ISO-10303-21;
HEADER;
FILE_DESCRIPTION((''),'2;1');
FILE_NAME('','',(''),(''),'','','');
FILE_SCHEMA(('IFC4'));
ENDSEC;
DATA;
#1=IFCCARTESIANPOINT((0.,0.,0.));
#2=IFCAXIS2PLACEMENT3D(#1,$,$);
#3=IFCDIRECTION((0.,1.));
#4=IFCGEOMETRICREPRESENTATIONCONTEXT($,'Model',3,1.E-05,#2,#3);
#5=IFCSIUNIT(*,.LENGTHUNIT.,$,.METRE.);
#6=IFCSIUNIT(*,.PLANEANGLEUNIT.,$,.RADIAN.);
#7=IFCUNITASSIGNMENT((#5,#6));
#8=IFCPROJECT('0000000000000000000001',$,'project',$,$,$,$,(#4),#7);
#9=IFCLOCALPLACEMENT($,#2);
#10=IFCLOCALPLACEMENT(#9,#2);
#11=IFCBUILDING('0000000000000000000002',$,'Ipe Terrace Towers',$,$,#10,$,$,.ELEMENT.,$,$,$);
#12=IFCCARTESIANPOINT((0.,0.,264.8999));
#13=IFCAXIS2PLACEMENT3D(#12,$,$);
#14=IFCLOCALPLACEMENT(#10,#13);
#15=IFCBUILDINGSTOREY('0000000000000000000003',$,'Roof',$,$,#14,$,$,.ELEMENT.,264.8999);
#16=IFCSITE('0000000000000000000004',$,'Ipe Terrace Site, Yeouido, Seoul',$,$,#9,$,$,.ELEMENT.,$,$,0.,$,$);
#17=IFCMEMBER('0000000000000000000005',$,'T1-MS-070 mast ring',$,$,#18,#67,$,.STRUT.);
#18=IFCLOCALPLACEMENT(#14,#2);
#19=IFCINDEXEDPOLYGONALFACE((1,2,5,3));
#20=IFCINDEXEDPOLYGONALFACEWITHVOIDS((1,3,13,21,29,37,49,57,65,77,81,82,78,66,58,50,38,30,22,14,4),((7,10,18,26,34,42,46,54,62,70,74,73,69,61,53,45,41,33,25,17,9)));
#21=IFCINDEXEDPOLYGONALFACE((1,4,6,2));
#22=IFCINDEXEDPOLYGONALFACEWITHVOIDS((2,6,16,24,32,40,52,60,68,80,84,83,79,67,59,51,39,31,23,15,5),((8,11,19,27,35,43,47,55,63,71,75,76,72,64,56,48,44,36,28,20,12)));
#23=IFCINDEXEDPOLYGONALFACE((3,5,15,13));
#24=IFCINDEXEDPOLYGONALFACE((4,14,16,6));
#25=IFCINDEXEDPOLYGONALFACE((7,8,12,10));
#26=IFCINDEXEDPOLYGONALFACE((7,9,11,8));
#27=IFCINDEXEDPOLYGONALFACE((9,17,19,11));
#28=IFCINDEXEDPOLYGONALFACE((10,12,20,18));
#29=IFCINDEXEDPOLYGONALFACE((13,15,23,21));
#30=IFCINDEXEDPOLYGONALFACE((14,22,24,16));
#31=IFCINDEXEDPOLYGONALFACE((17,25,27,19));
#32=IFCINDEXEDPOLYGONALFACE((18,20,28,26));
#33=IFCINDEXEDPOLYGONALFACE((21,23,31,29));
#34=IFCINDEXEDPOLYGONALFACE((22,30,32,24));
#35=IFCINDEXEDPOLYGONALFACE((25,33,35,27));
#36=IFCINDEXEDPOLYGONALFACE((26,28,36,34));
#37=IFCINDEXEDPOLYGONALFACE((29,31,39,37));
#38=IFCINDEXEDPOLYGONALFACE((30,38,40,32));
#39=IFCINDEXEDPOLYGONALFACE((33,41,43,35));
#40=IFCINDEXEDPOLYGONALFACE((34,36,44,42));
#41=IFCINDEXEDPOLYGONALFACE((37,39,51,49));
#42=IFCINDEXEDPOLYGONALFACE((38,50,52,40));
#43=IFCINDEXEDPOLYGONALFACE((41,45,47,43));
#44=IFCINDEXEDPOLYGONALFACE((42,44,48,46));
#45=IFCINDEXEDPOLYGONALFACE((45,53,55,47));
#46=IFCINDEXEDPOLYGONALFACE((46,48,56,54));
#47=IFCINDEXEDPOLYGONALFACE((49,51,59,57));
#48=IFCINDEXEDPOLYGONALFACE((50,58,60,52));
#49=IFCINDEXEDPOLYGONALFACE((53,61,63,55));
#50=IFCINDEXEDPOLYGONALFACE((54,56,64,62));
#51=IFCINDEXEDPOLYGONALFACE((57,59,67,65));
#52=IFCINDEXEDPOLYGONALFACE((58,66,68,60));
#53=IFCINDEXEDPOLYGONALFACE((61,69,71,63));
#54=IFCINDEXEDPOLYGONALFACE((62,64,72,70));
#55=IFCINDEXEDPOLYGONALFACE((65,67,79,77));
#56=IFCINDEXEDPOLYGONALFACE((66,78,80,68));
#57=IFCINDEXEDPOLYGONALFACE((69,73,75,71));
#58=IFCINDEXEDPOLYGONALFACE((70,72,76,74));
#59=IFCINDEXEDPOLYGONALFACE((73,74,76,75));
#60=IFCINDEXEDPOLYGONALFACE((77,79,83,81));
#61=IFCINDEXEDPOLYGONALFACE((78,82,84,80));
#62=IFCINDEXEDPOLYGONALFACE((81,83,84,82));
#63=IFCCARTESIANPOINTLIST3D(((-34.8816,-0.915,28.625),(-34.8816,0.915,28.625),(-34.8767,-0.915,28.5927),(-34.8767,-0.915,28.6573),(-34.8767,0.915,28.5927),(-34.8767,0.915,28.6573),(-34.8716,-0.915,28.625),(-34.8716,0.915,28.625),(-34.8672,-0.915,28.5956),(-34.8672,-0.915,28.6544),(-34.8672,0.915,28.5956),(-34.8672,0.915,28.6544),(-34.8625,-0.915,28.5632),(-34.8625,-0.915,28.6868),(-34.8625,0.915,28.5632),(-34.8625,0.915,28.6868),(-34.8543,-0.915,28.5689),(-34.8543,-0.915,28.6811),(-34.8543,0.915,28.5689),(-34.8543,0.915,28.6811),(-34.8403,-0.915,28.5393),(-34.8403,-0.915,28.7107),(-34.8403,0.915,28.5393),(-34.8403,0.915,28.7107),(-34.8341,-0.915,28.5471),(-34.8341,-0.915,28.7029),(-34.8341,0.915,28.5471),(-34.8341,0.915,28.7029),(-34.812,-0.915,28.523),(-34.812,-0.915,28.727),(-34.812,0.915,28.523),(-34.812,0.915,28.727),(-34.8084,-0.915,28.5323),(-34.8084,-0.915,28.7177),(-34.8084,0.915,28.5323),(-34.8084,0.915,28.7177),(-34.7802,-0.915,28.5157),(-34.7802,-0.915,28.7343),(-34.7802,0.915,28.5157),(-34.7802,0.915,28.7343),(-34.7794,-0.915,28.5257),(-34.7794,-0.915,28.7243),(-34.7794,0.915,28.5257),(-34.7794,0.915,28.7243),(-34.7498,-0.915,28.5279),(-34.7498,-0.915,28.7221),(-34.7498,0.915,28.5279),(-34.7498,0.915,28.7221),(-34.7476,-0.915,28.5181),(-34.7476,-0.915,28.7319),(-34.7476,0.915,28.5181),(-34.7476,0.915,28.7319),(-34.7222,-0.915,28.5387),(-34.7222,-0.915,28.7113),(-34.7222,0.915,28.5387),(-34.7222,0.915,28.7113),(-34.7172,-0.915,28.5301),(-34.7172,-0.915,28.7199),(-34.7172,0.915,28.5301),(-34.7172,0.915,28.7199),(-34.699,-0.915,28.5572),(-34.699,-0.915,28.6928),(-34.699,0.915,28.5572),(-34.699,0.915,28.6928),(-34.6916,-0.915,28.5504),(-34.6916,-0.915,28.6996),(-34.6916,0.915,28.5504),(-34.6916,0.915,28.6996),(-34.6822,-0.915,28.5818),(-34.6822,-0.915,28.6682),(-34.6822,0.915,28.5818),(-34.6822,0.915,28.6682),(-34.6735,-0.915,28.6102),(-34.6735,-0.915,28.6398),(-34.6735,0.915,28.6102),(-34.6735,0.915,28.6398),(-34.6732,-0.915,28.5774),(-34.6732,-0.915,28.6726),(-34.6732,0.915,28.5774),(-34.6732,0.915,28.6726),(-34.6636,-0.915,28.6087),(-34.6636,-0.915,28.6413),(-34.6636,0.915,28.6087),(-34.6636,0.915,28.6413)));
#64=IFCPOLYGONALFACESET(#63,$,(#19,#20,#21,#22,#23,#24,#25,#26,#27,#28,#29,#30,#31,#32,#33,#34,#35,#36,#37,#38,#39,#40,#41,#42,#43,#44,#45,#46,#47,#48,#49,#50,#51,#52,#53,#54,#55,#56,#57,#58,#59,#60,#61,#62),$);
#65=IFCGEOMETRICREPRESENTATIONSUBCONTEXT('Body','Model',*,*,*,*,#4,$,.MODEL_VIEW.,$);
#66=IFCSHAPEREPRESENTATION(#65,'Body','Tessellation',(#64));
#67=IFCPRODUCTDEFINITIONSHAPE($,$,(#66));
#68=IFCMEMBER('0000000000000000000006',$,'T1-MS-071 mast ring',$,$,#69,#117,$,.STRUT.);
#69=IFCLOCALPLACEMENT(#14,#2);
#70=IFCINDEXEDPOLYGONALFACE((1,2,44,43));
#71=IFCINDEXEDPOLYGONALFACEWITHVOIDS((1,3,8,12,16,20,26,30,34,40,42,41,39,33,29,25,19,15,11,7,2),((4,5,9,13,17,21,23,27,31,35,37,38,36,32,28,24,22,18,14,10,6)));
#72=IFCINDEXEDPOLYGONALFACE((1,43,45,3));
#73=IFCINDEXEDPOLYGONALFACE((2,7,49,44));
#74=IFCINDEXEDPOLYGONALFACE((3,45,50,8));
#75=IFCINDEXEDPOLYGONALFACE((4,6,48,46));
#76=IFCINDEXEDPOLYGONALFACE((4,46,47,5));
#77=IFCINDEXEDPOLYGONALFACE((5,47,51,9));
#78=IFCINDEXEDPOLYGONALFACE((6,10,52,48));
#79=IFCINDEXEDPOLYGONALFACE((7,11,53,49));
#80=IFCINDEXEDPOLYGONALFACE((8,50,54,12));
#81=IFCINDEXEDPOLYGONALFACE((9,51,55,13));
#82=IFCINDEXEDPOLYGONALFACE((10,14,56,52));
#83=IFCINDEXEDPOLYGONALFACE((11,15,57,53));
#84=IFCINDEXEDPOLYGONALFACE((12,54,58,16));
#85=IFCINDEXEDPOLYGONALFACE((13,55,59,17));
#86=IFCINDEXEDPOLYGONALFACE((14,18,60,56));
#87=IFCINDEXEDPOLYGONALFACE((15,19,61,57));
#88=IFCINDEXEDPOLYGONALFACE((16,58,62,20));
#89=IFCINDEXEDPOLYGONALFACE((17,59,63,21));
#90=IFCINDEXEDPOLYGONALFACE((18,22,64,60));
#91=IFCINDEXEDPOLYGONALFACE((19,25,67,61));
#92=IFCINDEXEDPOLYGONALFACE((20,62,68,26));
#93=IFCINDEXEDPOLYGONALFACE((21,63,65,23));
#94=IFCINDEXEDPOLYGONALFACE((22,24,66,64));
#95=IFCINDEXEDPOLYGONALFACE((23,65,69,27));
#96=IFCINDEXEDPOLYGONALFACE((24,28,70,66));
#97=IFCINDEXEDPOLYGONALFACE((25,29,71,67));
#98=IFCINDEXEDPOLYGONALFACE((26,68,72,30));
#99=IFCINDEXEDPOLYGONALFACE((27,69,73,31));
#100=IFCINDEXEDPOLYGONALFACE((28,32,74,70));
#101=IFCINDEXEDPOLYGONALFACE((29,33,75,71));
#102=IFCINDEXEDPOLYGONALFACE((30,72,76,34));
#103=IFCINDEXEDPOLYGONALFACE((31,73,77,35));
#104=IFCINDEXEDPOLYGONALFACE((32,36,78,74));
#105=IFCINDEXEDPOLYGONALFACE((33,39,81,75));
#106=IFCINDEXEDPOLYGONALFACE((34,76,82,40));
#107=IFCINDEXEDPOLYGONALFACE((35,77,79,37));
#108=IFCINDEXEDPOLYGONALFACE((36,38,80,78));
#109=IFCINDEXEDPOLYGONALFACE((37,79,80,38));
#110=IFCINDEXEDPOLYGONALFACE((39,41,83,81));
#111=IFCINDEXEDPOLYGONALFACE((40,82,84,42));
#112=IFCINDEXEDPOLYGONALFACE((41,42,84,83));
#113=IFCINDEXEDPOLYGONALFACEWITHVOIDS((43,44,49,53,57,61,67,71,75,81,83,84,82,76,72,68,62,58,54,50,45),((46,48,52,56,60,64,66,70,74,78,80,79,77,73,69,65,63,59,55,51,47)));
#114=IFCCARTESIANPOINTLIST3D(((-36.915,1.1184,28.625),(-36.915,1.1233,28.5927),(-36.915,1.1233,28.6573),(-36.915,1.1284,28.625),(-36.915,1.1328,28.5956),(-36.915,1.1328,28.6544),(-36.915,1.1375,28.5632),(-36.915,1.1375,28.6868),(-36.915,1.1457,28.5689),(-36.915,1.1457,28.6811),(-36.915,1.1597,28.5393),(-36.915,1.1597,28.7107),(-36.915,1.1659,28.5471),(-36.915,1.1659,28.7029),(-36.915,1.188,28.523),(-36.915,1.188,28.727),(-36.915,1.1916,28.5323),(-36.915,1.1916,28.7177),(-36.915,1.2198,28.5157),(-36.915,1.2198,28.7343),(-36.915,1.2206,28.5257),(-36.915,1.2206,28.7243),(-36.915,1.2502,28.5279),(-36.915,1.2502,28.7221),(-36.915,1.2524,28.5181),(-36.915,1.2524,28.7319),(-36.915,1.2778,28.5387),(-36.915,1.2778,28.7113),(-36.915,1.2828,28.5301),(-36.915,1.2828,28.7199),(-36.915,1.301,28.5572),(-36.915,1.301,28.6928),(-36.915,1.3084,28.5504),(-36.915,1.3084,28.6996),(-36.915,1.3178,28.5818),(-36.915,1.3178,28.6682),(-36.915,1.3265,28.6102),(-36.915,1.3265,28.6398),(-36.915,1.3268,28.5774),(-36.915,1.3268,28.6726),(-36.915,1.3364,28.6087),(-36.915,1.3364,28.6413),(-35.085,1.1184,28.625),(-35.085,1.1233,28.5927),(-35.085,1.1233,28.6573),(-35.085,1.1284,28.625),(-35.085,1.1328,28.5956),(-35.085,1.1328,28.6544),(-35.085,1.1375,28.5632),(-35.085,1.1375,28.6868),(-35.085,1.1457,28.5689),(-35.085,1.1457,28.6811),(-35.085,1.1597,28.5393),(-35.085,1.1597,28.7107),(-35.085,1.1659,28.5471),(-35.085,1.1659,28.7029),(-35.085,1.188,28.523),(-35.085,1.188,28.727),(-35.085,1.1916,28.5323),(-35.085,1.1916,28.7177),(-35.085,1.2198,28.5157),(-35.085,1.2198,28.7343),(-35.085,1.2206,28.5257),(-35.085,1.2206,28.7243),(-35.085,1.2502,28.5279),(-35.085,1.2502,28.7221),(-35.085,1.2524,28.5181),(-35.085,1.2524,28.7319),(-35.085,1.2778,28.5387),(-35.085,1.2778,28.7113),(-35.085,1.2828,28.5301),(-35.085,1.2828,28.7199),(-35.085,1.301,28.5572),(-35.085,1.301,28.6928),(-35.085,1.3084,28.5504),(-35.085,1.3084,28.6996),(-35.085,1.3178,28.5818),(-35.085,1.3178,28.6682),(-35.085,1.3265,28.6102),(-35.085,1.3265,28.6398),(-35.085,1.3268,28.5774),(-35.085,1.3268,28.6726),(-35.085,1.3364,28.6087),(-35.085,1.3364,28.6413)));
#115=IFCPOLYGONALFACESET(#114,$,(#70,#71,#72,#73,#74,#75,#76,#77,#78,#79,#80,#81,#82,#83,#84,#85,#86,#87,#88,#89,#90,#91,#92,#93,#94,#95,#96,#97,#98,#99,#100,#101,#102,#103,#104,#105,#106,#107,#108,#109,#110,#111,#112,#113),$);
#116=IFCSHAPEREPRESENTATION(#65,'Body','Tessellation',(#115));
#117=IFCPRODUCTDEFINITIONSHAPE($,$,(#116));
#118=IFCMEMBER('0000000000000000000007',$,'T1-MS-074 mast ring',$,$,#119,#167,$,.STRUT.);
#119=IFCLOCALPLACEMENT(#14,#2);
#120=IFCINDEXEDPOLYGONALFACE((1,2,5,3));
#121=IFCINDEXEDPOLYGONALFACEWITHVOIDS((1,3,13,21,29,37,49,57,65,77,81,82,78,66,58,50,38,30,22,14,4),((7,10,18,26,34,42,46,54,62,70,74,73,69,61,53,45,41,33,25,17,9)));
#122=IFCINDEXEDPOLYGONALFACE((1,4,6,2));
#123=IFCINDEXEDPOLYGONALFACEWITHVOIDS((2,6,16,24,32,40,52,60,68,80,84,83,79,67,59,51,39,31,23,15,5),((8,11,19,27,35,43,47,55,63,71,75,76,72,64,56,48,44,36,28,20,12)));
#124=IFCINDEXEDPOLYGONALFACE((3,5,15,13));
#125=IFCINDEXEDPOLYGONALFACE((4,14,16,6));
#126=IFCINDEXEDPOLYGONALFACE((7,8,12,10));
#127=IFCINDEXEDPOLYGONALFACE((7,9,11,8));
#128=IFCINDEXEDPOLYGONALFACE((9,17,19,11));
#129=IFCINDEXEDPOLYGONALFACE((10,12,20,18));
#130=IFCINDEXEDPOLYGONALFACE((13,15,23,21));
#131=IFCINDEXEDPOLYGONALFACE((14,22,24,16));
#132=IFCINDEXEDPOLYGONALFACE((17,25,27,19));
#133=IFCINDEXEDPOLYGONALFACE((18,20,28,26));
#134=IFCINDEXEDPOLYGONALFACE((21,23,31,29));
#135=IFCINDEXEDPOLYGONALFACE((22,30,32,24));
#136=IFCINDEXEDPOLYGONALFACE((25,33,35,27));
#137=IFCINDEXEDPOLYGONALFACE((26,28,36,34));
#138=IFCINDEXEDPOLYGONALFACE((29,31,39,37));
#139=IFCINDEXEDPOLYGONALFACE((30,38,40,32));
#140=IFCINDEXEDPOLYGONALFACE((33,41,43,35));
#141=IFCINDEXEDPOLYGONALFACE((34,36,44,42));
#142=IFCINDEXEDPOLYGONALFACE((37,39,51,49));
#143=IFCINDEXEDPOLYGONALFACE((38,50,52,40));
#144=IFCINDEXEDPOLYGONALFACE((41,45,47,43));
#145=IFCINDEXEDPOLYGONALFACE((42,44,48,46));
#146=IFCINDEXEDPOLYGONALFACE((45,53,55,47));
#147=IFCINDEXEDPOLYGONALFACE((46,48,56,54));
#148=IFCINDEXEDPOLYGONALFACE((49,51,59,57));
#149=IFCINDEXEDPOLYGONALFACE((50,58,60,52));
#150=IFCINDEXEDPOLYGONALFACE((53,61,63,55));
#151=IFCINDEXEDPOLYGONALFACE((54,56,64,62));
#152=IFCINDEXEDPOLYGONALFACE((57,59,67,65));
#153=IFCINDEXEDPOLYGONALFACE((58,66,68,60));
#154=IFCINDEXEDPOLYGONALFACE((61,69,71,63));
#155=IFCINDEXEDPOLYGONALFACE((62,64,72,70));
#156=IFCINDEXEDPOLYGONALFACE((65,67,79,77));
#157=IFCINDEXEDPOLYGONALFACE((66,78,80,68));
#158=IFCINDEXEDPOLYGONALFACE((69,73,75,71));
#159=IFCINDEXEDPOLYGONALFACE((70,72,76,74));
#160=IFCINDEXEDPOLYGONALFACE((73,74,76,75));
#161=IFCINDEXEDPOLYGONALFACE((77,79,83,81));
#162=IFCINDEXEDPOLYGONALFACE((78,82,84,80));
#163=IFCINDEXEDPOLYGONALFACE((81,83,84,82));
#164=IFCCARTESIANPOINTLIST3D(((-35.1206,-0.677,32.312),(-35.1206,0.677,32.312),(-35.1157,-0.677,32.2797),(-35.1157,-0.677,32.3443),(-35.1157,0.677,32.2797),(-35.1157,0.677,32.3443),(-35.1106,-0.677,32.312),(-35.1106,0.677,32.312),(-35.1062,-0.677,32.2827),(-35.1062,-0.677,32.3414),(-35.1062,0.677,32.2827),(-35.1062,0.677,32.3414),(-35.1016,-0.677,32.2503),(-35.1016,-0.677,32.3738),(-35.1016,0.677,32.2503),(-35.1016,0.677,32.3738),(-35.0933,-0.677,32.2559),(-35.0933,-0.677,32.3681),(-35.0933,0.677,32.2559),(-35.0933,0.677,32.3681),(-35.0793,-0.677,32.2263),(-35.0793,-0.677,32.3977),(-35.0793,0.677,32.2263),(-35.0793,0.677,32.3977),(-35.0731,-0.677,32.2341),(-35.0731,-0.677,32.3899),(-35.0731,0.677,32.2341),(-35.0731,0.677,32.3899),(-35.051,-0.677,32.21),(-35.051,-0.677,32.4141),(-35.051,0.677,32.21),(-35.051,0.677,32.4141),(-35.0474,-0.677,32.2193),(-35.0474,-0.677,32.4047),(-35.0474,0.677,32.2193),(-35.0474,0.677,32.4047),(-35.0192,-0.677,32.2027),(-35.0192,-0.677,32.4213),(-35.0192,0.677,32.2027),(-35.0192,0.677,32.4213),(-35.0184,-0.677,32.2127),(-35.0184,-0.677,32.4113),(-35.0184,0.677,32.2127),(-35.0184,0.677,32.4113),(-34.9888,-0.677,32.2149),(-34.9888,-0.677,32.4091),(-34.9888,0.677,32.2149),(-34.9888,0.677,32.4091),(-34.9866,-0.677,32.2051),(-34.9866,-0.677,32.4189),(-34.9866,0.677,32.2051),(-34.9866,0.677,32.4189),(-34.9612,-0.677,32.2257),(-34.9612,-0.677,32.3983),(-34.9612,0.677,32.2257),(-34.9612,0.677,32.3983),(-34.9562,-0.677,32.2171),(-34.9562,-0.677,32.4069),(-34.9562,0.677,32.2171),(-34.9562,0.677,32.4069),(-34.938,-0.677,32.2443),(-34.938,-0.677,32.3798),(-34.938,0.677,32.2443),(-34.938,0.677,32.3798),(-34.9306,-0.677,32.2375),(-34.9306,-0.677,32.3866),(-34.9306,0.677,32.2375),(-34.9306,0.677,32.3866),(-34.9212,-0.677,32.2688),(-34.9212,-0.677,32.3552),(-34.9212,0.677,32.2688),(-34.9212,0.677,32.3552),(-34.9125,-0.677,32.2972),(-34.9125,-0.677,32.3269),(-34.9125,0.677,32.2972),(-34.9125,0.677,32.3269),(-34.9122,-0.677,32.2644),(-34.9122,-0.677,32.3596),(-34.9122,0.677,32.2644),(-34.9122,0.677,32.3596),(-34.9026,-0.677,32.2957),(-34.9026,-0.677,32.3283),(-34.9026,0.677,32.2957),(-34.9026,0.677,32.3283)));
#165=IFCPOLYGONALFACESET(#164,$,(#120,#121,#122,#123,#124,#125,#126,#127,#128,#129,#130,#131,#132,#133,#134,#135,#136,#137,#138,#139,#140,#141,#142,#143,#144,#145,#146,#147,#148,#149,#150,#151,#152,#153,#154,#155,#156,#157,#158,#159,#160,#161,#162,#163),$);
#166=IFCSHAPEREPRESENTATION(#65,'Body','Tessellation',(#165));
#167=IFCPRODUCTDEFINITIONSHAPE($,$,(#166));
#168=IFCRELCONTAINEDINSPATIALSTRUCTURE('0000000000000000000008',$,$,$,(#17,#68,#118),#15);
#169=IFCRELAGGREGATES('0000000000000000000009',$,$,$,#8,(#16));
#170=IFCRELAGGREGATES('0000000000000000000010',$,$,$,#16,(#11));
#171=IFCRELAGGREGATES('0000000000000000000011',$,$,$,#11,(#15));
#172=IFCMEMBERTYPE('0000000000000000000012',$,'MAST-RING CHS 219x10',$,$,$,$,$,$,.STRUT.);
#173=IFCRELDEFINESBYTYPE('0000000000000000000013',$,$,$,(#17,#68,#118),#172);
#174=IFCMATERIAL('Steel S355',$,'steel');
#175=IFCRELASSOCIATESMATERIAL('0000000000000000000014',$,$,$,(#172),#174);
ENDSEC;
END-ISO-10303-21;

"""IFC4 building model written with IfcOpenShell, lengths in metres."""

from ifc_helpers import new_model, si_unit, direction, frame, origin, origin_2d, place, context, subcontext, project, spatial, hollow_circle, extrude, material, material_profile, profile_set, type_object, element, save


model = new_model("IFC4")

# Units and contexts
model_context = context("Model", 3, precision=1e-05, world=origin(), true_north=direction((0.0, 1.0)))
body_context = subcontext(model_context, "Body", "Model", "MODEL_VIEW")
ifc_project = project(units=[si_unit("LENGTHUNIT", "METRE"), si_unit("PLANEANGLEUNIT", "RADIAN")], contexts=[model_context])

# Site, building, storey
site_placement = place(None, origin())
site = spatial("IfcSite", under=ifc_project, at=site_placement, Name="Ipe Terrace Site, Yeouido, Seoul", CompositionType="ELEMENT", RefElevation=0.0)
building_placement = place(site_placement, origin())
building = spatial("IfcBuilding", under=site, at=building_placement, Name="Ipe Terrace Towers", CompositionType="ELEMENT")
storey_placement = place(building_placement, frame((0.0, 0.0, 264.8999)))
storey = spatial("IfcBuildingStorey", under=building, at=storey_placement, Name="Roof", CompositionType="ELEMENT", Elevation=264.8999)

# Members
ifc_material_1 = material(Name="Steel S355", Category="steel")
ifc_material_profile_1 = material_profile(ifc_material_1, hollow_circle(Radius=0.1096, WallThickness=0.01, at=origin_2d()), Name="MAST-RING CHS 219x10")
ifc_profile_set_1 = profile_set([ifc_material_profile_1], Name="Steel S355")
member_type_1 = type_object("IfcMemberType", Name="MAST-RING CHS 219x10", PredefinedType="STRUT", material=ifc_profile_set_1)
for number, where, z_axis, x_axis, name in (
    (1, (-34.772, -0.915, 28.625), (0.0, 1.0, 0.0), (-1.0, 0.0, 0.0), "T1-MS-070 mast ring"),
    (2, (-35.085, 1.228, 28.625), (-1.0, 0.0, 0.0), (0.0, -1.0, 0.0), "T1-MS-071 mast ring"),
):
    element("IfcMember", number, at=place(storey_placement, frame(where, z_axis=z_axis, x_axis=x_axis)), inside=storey, type_object=member_type_1, Name=name, PredefinedType="STRUT", context=body_context, shape_type="SweptSolid", body=[
        extrude(hollow_circle(Radius=0.1096, WallThickness=0.01, at=origin_2d()), origin(), (0.0, 0.0, 1.0), 1.8301),
    ])
for number, where, z_axis, x_axis, name in (
    (3, (-35.011, -0.677, 32.312), (0.0, 1.0, 0.0), (-1.0, 0.0, 0.0), "T1-MS-074 mast ring"),
):
    element("IfcMember", number, at=place(storey_placement, frame(where, z_axis=z_axis, x_axis=x_axis)), inside=storey, type_object=member_type_1, Name=name, PredefinedType="STRUT", context=body_context, shape_type="SweptSolid", body=[
        extrude(hollow_circle(Radius=0.1096, WallThickness=0.01, at=origin_2d()), origin(), (0.0, 0.0, 1.0), 1.354),
    ])

save(model, "model.ifc")
